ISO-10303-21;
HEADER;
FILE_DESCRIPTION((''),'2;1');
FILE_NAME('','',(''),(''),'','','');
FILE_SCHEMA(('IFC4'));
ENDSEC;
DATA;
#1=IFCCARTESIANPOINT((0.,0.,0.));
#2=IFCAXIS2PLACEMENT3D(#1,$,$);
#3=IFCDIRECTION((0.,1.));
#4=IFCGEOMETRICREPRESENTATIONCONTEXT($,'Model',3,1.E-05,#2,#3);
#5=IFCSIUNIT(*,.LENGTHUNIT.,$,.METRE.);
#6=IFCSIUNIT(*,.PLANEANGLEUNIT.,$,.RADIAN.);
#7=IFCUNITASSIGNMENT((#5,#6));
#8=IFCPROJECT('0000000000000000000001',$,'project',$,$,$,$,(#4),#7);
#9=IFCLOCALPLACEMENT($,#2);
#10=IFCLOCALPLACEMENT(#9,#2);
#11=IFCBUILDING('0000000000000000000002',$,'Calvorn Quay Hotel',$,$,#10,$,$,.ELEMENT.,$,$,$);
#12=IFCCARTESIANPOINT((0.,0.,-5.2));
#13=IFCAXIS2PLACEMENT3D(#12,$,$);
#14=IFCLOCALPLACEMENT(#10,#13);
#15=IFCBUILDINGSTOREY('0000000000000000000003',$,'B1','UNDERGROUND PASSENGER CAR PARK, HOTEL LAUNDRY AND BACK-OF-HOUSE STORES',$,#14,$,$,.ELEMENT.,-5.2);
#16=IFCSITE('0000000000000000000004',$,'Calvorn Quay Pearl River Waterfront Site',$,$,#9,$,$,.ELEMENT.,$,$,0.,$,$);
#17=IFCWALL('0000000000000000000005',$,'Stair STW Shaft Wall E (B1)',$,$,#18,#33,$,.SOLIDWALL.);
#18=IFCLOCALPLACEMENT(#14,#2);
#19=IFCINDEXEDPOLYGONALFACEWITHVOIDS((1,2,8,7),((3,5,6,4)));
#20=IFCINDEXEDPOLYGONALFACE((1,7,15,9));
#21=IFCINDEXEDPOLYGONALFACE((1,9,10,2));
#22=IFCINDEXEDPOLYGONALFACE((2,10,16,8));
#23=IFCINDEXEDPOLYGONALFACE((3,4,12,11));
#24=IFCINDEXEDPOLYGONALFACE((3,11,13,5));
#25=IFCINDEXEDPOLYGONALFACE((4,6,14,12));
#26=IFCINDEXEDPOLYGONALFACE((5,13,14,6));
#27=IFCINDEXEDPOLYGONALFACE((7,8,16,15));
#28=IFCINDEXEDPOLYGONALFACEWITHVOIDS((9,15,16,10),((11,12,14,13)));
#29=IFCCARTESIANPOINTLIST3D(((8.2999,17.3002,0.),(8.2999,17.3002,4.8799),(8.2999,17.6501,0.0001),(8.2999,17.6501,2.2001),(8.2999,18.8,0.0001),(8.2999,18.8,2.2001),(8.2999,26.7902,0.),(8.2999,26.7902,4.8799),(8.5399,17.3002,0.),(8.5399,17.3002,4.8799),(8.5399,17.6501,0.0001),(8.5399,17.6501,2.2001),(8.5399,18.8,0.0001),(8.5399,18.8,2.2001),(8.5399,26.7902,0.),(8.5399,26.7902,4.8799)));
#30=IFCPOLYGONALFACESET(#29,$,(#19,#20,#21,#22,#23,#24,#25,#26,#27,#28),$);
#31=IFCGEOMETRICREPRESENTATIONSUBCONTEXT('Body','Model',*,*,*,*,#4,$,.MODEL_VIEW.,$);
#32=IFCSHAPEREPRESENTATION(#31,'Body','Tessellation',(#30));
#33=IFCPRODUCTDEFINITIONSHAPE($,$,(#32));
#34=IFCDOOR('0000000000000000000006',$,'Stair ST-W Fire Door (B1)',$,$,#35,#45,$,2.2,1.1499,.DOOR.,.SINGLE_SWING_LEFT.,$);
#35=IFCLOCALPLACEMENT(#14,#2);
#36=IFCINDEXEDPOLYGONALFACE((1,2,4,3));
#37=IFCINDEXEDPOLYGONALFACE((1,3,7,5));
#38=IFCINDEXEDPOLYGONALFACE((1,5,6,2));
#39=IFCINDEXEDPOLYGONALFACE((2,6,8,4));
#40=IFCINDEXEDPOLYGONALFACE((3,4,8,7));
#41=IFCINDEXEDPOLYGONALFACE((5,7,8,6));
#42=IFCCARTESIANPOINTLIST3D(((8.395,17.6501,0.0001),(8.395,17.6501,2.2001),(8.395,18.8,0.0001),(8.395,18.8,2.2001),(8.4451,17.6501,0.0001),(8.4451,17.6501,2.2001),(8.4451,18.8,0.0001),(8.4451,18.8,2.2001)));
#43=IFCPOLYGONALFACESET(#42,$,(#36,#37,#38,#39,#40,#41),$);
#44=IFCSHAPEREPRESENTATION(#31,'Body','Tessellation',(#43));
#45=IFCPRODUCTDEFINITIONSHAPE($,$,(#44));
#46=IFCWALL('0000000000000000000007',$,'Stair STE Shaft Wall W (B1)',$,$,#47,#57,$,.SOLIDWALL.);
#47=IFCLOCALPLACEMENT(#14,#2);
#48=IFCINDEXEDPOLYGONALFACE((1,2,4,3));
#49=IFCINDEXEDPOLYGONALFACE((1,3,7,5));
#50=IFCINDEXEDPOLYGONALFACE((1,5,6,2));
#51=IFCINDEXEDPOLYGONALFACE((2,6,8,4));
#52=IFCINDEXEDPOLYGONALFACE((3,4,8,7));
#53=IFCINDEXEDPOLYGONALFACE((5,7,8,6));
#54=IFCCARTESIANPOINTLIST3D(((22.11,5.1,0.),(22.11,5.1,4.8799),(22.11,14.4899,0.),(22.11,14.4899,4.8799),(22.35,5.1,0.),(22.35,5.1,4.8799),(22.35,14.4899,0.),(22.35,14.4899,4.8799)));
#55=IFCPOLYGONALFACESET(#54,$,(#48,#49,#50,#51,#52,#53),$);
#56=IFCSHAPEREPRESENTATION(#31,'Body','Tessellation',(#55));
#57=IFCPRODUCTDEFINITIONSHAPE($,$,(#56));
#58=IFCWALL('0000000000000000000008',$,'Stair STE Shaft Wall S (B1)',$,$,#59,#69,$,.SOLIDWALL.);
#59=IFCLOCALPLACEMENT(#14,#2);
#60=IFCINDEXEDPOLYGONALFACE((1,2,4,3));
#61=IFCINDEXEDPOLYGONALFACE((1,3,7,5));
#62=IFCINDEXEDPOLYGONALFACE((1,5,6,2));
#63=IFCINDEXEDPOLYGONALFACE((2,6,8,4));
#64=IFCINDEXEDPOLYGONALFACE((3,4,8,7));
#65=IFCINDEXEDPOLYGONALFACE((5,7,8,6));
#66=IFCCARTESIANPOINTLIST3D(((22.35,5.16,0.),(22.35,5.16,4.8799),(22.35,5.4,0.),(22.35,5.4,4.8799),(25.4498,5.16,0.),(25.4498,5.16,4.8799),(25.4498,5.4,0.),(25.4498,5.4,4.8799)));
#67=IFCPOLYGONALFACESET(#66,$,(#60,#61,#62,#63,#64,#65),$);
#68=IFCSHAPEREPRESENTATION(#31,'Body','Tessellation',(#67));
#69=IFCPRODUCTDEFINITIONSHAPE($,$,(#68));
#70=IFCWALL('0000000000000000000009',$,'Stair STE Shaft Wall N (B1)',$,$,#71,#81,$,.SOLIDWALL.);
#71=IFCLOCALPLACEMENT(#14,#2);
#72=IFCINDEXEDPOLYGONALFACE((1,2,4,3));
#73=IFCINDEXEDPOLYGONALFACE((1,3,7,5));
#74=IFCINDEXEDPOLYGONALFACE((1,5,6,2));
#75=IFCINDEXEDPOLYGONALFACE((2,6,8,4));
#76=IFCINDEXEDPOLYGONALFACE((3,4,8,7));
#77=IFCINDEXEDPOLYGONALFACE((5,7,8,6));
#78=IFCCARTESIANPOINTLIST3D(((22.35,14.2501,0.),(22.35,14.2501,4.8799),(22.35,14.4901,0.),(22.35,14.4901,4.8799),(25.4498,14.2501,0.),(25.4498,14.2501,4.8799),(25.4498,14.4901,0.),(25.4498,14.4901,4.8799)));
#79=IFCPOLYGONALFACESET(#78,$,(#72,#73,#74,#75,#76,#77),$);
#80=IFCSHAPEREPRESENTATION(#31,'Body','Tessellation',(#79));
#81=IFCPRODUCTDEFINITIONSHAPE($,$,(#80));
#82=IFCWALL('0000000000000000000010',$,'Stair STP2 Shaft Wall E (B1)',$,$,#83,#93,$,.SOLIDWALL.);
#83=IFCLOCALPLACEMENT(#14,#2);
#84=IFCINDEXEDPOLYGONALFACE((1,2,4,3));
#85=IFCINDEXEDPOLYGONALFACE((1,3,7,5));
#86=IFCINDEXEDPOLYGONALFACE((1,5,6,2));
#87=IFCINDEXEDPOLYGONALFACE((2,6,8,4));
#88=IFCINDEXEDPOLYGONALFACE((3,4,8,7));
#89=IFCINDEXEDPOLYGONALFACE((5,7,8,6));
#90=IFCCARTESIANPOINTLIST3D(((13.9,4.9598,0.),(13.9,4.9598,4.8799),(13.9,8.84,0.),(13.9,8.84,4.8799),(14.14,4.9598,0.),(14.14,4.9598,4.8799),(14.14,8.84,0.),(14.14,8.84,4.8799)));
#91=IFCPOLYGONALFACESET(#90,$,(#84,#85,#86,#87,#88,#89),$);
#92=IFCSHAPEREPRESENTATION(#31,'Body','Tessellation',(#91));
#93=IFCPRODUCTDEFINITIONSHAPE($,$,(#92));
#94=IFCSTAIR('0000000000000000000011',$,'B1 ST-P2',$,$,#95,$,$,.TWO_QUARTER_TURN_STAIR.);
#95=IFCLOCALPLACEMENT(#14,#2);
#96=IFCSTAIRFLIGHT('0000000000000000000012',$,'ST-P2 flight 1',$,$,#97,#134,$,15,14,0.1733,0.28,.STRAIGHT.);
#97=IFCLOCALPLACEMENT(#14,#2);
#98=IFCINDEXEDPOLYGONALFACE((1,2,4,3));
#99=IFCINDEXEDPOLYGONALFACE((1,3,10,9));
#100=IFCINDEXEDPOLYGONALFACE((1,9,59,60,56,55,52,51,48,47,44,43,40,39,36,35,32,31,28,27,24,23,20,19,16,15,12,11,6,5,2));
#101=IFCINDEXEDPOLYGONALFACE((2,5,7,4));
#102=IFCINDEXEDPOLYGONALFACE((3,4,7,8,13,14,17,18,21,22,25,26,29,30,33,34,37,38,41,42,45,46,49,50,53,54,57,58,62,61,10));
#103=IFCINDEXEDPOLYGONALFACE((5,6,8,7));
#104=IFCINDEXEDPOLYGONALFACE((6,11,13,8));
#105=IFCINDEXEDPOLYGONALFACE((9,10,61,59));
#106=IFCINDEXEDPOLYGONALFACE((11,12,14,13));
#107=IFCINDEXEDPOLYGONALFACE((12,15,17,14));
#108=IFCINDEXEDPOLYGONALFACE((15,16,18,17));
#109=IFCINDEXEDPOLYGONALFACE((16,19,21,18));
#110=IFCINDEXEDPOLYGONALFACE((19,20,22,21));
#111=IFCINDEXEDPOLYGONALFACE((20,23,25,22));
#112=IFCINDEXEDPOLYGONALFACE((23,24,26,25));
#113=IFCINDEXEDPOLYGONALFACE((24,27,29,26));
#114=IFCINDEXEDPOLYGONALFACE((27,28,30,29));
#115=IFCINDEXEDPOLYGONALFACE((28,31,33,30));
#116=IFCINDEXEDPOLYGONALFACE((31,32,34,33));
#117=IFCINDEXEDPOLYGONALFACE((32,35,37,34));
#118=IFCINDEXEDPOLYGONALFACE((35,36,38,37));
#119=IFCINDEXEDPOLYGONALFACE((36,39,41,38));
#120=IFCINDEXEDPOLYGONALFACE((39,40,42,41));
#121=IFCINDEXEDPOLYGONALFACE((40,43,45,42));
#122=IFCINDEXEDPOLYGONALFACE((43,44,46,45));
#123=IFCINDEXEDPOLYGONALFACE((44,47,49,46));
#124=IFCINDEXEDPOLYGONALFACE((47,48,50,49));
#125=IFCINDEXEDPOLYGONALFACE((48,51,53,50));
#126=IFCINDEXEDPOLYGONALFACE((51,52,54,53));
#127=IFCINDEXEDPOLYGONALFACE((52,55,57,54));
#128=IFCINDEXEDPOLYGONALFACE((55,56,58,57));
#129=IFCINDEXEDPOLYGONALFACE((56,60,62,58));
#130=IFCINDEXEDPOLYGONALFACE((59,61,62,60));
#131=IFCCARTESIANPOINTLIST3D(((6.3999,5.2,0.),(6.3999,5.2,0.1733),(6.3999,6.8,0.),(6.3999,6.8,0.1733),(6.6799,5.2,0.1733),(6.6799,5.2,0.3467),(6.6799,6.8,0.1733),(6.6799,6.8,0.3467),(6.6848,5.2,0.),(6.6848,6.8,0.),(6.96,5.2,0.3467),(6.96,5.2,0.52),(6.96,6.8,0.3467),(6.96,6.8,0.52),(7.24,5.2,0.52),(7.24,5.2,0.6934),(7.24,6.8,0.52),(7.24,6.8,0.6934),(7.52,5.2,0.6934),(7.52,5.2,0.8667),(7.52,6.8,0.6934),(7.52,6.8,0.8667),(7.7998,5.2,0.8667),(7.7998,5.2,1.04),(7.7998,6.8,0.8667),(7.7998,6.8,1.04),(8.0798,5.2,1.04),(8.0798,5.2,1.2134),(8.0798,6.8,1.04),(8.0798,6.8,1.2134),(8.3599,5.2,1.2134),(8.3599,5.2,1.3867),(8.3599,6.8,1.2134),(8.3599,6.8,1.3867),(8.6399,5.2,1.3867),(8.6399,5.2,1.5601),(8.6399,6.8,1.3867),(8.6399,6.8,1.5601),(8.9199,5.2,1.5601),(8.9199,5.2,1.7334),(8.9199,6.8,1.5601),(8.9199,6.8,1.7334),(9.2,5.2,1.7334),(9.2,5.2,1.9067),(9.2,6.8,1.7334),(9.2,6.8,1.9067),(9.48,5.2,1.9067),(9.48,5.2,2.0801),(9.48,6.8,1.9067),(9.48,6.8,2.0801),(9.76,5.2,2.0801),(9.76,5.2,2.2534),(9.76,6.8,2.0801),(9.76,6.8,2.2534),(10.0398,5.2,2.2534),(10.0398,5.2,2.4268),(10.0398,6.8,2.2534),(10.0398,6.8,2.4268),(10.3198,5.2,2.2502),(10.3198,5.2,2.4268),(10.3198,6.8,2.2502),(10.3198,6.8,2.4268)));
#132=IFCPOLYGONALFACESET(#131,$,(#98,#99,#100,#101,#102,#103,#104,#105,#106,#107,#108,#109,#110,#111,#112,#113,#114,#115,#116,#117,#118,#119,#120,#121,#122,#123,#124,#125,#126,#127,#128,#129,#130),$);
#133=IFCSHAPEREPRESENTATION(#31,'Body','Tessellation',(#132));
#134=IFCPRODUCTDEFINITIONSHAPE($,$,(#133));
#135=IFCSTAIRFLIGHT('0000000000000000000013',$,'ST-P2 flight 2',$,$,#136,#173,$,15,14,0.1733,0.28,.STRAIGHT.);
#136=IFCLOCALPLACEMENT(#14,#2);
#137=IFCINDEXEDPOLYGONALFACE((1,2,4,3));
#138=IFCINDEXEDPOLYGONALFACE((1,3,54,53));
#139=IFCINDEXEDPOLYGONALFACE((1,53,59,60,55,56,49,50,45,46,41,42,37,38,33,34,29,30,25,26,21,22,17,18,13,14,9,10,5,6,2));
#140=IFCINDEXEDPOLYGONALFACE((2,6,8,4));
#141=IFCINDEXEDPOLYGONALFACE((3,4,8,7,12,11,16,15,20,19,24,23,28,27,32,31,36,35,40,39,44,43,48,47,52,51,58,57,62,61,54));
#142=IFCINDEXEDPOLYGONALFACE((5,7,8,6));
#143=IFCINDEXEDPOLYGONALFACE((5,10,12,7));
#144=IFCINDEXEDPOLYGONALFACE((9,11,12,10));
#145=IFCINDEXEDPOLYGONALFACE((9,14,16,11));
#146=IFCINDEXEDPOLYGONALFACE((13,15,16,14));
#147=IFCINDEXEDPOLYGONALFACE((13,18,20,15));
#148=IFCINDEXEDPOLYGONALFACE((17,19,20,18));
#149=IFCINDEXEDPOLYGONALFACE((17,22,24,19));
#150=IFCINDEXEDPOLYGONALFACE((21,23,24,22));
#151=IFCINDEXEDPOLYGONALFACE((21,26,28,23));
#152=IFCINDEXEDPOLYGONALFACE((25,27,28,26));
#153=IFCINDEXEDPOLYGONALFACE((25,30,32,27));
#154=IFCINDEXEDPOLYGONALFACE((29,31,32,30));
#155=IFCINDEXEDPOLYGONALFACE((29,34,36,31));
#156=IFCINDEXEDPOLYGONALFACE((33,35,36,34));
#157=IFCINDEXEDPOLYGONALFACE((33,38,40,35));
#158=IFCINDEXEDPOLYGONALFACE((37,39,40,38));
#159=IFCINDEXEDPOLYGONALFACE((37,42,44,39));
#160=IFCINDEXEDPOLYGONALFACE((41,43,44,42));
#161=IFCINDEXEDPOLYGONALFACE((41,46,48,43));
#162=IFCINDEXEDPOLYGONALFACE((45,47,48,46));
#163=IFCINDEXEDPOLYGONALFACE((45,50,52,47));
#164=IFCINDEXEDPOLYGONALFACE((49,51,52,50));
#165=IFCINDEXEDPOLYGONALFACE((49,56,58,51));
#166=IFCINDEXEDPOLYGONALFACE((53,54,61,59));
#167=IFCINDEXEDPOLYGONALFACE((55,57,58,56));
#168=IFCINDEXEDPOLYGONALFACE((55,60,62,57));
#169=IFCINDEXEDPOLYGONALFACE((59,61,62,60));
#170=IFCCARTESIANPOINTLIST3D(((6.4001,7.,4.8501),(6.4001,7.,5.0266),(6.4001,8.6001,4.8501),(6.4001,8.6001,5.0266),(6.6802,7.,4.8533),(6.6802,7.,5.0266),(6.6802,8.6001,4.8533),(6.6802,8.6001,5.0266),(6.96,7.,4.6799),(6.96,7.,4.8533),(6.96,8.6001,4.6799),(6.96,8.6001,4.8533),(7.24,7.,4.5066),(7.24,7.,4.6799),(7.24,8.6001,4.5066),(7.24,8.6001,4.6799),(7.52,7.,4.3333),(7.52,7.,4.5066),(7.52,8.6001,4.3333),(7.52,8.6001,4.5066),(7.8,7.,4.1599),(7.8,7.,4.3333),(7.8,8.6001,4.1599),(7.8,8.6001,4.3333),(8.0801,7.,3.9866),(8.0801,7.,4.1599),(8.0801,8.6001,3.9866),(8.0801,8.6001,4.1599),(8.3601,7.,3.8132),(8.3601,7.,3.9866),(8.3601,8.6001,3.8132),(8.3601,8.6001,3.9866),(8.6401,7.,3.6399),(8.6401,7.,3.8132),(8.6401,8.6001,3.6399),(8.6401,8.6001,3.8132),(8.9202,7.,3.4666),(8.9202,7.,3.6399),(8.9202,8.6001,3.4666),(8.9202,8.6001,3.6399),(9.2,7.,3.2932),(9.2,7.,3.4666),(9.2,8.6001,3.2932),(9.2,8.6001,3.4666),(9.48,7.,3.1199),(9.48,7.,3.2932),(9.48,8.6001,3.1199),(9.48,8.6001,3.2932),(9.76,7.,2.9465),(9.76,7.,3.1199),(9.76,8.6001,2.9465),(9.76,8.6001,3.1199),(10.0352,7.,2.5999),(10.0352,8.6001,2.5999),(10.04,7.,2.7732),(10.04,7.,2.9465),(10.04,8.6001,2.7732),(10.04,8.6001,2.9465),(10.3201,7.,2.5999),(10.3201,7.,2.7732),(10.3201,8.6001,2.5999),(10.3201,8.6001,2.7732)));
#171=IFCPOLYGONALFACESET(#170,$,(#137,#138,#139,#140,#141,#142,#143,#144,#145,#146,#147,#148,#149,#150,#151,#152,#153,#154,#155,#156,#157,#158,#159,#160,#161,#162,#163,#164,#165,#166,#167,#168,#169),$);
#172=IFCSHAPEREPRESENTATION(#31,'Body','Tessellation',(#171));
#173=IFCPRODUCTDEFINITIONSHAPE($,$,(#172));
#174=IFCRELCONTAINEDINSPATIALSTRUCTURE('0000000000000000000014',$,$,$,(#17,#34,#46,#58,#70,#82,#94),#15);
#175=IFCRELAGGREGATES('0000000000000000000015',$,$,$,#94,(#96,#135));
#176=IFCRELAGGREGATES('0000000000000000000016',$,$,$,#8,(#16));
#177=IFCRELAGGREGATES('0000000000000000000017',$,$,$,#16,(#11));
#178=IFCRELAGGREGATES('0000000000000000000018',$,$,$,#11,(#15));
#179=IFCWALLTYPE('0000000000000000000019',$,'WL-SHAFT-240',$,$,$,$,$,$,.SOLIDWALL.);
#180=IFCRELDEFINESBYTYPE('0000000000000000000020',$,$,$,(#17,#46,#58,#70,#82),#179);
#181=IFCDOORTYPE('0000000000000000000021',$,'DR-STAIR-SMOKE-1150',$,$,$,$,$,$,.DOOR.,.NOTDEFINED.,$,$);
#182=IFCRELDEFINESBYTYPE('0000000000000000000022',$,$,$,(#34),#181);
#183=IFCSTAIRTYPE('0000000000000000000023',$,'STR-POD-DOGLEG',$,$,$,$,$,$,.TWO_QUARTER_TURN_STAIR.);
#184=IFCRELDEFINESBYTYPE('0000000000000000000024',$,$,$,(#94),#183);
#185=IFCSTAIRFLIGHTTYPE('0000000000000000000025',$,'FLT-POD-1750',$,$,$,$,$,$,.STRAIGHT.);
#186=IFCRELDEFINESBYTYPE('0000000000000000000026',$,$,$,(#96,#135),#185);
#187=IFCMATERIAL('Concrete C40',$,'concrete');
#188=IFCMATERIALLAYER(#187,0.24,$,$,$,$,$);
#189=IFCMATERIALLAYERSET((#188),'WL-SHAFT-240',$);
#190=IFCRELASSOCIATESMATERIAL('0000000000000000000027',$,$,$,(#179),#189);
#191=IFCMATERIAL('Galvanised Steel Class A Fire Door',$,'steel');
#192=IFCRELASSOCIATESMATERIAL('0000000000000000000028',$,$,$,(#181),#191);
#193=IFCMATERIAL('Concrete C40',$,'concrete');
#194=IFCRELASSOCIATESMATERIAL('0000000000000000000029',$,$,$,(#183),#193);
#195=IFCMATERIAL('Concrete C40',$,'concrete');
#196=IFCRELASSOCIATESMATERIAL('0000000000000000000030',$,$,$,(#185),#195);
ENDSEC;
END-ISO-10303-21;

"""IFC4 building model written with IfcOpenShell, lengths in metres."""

from ifc_helpers import new_model, si_unit, direction, frame, frame_2d, origin, place, context, subcontext, project, spatial, polyline, rectangle, outline, extrude, material, layer, layer_set, type_object, element, fill, aggregate, save


model = new_model("IFC4")

# Units and contexts
model_context = context("Model", 3, precision=1e-05, world=origin(), true_north=direction((0.0, 1.0)))
body_context = subcontext(model_context, "Body", "Model", "MODEL_VIEW")
ifc_project = project(units=[si_unit("LENGTHUNIT", "METRE"), si_unit("PLANEANGLEUNIT", "RADIAN")], contexts=[model_context])

# Site, building, storey
site_placement = place(None, origin())
site = spatial("IfcSite", under=ifc_project, at=site_placement, Name="Calvorn Quay Pearl River Waterfront Site", CompositionType="ELEMENT", RefElevation=0.0)
building_placement = place(site_placement, origin())
building = spatial("IfcBuilding", under=site, at=building_placement, Name="Calvorn Quay Hotel", CompositionType="ELEMENT")
storey_placement = place(building_placement, frame((0.0, 0.0, -5.2)))
storey = spatial("IfcBuildingStorey", under=building, at=storey_placement, Name="B1", Description="UNDERGROUND PASSENGER CAR PARK, HOTEL LAUNDRY AND BACK-OF-HOUSE STORES", CompositionType="ELEMENT", Elevation=-5.2)

# Wall, opening, door
ifc_material_1 = material(Name="Concrete C40", Category="concrete")
ifc_layer_1 = layer(ifc_material_1, 0.24)
ifc_layer_set_1 = layer_set([ifc_layer_1], Name="WL-SHAFT-240")
wall_type_1 = type_object("IfcWallType", Name="WL-SHAFT-240", PredefinedType="SOLIDWALL", material=ifc_layer_set_1)
wall_1_placement = place(storey_placement, frame((8.4199, 17.3, 0.0), z_axis=(0.0, 0.0, 1.0), x_axis=(0.0, 1.0, 0.0)))
wall_1 = element("IfcWall", 1, at=wall_1_placement, inside=storey, type_object=wall_type_1, Name="Stair STW Shaft Wall E (B1)", PredefinedType="SOLIDWALL", context=body_context, shape_type="SweptSolid", body=[
    extrude(rectangle(XDim=9.49, YDim=0.24, at=frame_2d((4.7451, 0.0))), origin(), (0.0, 0.0, 1.0), 4.8799),
])
opening_1_placement = place(wall_1_placement, frame((0.3501, 0.0, 0.0)))
opening_1 = element("IfcOpeningElement", 2, at=opening_1_placement, cuts=wall_1, PredefinedType="OPENING", context=body_context, shape_type="SweptSolid", body=[
    extrude(rectangle(XDim=1.1499, YDim=2.2, at=frame_2d((0.575, 1.1001))), frame((0.0, 0.1299, 0.0), z_axis=(0.0, -1.0, 0.0), x_axis=(1.0, 0.0, 0.0)), (0.0, 0.0, 1.0), 0.26),
])
ifc_material_2 = material(Name="Galvanised Steel Class A Fire Door", Category="steel")
door_type_1 = type_object("IfcDoorType", Name="DR-STAIR-SMOKE-1150", OperationType="NOTDEFINED", PredefinedType="DOOR", material=ifc_material_2)
door_1_placement = place(opening_1_placement, origin())
door_1 = element("IfcDoor", 3, at=door_1_placement, inside=storey, type_object=door_type_1, Name="Stair ST-W Fire Door (B1)", OperationType="SINGLE_SWING_LEFT", OverallHeight=2.2, OverallWidth=1.1499, PredefinedType="DOOR", context=body_context, shape_type="SweptSolid", body=[
    extrude(rectangle(XDim=1.1499, YDim=2.2, at=frame_2d((0.575, 1.1001))), frame((0.0, 0.0249, 0.0), z_axis=(0.0, -1.0, 0.0), x_axis=(1.0, 0.0, 0.0)), (0.0, 0.0, 1.0), 0.05),
])
fill(opening_1, door_1)

# Walls
wall_2_placement = place(storey_placement, frame((22.23, 5.1001, 0.0), z_axis=(0.0, 0.0, 1.0), x_axis=(0.0, 1.0, 0.0)))
element("IfcWall", 4, at=wall_2_placement, inside=storey, type_object=wall_type_1, Name="Stair STE Shaft Wall W (B1)", PredefinedType="SOLIDWALL", context=body_context, shape_type="SweptSolid", body=[
    extrude(rectangle(XDim=9.3899, YDim=0.24, at=frame_2d((4.6948, 0.0))), origin(), (0.0, 0.0, 1.0), 4.8799),
])
for number, where, z_axis, x_axis, name in (
    (5, (22.3501, 5.28, 0.0), (0.0, 0.0, 1.0), (1.0, 0.0, 0.0), "Stair STE Shaft Wall S (B1)"),
    (6, (22.3501, 14.3701, 0.0), (0.0, 0.0, 1.0), (1.0, 0.0, 0.0), "Stair STE Shaft Wall N (B1)"),
):
    element("IfcWall", number, at=place(storey_placement, frame(where, z_axis=z_axis, x_axis=x_axis)), inside=storey, type_object=wall_type_1, Name=name, PredefinedType="SOLIDWALL", context=body_context, shape_type="SweptSolid", body=[
        extrude(rectangle(XDim=3.0999, YDim=0.24, at=frame_2d((1.5498, 0.0))), origin(), (0.0, 0.0, 1.0), 4.8799),
    ])
wall_3_placement = place(storey_placement, frame((14.02, 4.96, 0.0), z_axis=(0.0, 0.0, 1.0), x_axis=(0.0, 1.0, 0.0)))
element("IfcWall", 7, at=wall_3_placement, inside=storey, type_object=wall_type_1, Name="Stair STP2 Shaft Wall E (B1)", PredefinedType="SOLIDWALL", context=body_context, shape_type="SweptSolid", body=[
    extrude(rectangle(XDim=3.8801, YDim=0.24, at=frame_2d((1.9399, 0.0))), origin(), (0.0, 0.0, 1.0), 4.8799),
])

# Stair, stair flights
ifc_material_3 = material(Name="Concrete C40", Category="concrete")
stair_type = type_object("IfcStairType", Name="STR-POD-DOGLEG", PredefinedType="TWO_QUARTER_TURN_STAIR", material=ifc_material_3)
stair_placement = place(storey_placement, origin())
stair = element("IfcStair", 8, at=stair_placement, inside=storey, type_object=stair_type, Name="B1 ST-P2", PredefinedType="TWO_QUARTER_TURN_STAIR")
ifc_material_4 = material(Name="Concrete C40", Category="concrete")
stair_flight_type = type_object("IfcStairFlightType", Name="FLT-POD-1750", PredefinedType="STRAIGHT", material=ifc_material_4)
stair_flight_1_placement = place(storey_placement, frame((6.3999, 6.0, 0.0), z_axis=(0.0, 0.0, 1.0), x_axis=(1.0, 0.0, 0.0)))
stair_flight_1 = element("IfcStairFlight", 9, at=stair_flight_1_placement, type_object=stair_flight_type, Name="ST-P2 flight 1", NumberOfRisers=15, NumberOfTreads=14, PredefinedType="STRAIGHT", RiserHeight=0.1733, TreadLength=0.28, context=body_context, shape_type="SweptSolid", body=[
    extrude(outline(polyline([(0.0, 0.0), (0.0, 0.1733), (0.28, 0.1733), (0.28, 0.3467), (0.5601, 0.3467), (0.5601, 0.52), (0.8401, 0.52), (0.8401, 0.6934), (1.1201, 0.6934), (1.1201, 0.8667), (1.3999, 0.8667), (1.3999, 1.04), (1.6799, 1.04), (1.6799, 1.2134), (1.96, 1.2134), (1.96, 1.3867), (2.24, 1.3867), (2.24, 1.5601), (2.52, 1.5601), (2.52, 1.7334), (2.8, 1.7334), (2.8, 1.9067), (3.0801, 1.9067), (3.0801, 2.0801), (3.3601, 2.0801), (3.3601, 2.2534), (3.6399, 2.2534), (3.6399, 2.4268), (3.9199, 2.4268), (3.9199, 2.6001), (3.9199, 2.2502), (0.2849, 0.0), (0.0, 0.0)])), frame((0.0, 0.8, 0.0), z_axis=(0.0, -1.0, 0.0), x_axis=(1.0, 0.0, 0.0)), (0.0, 0.0, 1.0), 1.6001),
])
stair_flight_2_placement = place(storey_placement, frame((10.3201, 7.8, 2.5999), z_axis=(0.0, 0.0, 1.0), x_axis=(-1.0, 0.0, 0.0)))
stair_flight_2 = element("IfcStairFlight", 10, at=stair_flight_2_placement, type_object=stair_flight_type, Name="ST-P2 flight 2", NumberOfRisers=15, NumberOfTreads=14, PredefinedType="STRAIGHT", RiserHeight=0.1733, TreadLength=0.28, context=body_context, shape_type="SweptSolid", body=[
    extrude(outline(polyline([(0.0, 0.0), (0.0, 0.1733), (0.28, 0.1733), (0.28, 0.3467), (0.5601, 0.3467), (0.5601, 0.52), (0.8401, 0.52), (0.8401, 0.6934), (1.1201, 0.6934), (1.1201, 0.8667), (1.3999, 0.8667), (1.3999, 1.04), (1.6799, 1.04), (1.6799, 1.2134), (1.96, 1.2134), (1.96, 1.3867), (2.24, 1.3867), (2.24, 1.5601), (2.52, 1.5601), (2.52, 1.7334), (2.8, 1.7334), (2.8, 1.9067), (3.0801, 1.9067), (3.0801, 2.0801), (3.3601, 2.0801), (3.3601, 2.2534), (3.6399, 2.2534), (3.6399, 2.4268), (3.9199, 2.4268), (3.9199, 2.6001), (3.9199, 2.2502), (0.2849, 0.0), (0.0, 0.0)])), frame((0.0, 0.8, 0.0), z_axis=(0.0, -1.0, 0.0), x_axis=(1.0, 0.0, 0.0)), (0.0, 0.0, 1.0), 1.6001),
])
aggregate(stair, [stair_flight_1, stair_flight_2])

save(model, "model.ifc")
